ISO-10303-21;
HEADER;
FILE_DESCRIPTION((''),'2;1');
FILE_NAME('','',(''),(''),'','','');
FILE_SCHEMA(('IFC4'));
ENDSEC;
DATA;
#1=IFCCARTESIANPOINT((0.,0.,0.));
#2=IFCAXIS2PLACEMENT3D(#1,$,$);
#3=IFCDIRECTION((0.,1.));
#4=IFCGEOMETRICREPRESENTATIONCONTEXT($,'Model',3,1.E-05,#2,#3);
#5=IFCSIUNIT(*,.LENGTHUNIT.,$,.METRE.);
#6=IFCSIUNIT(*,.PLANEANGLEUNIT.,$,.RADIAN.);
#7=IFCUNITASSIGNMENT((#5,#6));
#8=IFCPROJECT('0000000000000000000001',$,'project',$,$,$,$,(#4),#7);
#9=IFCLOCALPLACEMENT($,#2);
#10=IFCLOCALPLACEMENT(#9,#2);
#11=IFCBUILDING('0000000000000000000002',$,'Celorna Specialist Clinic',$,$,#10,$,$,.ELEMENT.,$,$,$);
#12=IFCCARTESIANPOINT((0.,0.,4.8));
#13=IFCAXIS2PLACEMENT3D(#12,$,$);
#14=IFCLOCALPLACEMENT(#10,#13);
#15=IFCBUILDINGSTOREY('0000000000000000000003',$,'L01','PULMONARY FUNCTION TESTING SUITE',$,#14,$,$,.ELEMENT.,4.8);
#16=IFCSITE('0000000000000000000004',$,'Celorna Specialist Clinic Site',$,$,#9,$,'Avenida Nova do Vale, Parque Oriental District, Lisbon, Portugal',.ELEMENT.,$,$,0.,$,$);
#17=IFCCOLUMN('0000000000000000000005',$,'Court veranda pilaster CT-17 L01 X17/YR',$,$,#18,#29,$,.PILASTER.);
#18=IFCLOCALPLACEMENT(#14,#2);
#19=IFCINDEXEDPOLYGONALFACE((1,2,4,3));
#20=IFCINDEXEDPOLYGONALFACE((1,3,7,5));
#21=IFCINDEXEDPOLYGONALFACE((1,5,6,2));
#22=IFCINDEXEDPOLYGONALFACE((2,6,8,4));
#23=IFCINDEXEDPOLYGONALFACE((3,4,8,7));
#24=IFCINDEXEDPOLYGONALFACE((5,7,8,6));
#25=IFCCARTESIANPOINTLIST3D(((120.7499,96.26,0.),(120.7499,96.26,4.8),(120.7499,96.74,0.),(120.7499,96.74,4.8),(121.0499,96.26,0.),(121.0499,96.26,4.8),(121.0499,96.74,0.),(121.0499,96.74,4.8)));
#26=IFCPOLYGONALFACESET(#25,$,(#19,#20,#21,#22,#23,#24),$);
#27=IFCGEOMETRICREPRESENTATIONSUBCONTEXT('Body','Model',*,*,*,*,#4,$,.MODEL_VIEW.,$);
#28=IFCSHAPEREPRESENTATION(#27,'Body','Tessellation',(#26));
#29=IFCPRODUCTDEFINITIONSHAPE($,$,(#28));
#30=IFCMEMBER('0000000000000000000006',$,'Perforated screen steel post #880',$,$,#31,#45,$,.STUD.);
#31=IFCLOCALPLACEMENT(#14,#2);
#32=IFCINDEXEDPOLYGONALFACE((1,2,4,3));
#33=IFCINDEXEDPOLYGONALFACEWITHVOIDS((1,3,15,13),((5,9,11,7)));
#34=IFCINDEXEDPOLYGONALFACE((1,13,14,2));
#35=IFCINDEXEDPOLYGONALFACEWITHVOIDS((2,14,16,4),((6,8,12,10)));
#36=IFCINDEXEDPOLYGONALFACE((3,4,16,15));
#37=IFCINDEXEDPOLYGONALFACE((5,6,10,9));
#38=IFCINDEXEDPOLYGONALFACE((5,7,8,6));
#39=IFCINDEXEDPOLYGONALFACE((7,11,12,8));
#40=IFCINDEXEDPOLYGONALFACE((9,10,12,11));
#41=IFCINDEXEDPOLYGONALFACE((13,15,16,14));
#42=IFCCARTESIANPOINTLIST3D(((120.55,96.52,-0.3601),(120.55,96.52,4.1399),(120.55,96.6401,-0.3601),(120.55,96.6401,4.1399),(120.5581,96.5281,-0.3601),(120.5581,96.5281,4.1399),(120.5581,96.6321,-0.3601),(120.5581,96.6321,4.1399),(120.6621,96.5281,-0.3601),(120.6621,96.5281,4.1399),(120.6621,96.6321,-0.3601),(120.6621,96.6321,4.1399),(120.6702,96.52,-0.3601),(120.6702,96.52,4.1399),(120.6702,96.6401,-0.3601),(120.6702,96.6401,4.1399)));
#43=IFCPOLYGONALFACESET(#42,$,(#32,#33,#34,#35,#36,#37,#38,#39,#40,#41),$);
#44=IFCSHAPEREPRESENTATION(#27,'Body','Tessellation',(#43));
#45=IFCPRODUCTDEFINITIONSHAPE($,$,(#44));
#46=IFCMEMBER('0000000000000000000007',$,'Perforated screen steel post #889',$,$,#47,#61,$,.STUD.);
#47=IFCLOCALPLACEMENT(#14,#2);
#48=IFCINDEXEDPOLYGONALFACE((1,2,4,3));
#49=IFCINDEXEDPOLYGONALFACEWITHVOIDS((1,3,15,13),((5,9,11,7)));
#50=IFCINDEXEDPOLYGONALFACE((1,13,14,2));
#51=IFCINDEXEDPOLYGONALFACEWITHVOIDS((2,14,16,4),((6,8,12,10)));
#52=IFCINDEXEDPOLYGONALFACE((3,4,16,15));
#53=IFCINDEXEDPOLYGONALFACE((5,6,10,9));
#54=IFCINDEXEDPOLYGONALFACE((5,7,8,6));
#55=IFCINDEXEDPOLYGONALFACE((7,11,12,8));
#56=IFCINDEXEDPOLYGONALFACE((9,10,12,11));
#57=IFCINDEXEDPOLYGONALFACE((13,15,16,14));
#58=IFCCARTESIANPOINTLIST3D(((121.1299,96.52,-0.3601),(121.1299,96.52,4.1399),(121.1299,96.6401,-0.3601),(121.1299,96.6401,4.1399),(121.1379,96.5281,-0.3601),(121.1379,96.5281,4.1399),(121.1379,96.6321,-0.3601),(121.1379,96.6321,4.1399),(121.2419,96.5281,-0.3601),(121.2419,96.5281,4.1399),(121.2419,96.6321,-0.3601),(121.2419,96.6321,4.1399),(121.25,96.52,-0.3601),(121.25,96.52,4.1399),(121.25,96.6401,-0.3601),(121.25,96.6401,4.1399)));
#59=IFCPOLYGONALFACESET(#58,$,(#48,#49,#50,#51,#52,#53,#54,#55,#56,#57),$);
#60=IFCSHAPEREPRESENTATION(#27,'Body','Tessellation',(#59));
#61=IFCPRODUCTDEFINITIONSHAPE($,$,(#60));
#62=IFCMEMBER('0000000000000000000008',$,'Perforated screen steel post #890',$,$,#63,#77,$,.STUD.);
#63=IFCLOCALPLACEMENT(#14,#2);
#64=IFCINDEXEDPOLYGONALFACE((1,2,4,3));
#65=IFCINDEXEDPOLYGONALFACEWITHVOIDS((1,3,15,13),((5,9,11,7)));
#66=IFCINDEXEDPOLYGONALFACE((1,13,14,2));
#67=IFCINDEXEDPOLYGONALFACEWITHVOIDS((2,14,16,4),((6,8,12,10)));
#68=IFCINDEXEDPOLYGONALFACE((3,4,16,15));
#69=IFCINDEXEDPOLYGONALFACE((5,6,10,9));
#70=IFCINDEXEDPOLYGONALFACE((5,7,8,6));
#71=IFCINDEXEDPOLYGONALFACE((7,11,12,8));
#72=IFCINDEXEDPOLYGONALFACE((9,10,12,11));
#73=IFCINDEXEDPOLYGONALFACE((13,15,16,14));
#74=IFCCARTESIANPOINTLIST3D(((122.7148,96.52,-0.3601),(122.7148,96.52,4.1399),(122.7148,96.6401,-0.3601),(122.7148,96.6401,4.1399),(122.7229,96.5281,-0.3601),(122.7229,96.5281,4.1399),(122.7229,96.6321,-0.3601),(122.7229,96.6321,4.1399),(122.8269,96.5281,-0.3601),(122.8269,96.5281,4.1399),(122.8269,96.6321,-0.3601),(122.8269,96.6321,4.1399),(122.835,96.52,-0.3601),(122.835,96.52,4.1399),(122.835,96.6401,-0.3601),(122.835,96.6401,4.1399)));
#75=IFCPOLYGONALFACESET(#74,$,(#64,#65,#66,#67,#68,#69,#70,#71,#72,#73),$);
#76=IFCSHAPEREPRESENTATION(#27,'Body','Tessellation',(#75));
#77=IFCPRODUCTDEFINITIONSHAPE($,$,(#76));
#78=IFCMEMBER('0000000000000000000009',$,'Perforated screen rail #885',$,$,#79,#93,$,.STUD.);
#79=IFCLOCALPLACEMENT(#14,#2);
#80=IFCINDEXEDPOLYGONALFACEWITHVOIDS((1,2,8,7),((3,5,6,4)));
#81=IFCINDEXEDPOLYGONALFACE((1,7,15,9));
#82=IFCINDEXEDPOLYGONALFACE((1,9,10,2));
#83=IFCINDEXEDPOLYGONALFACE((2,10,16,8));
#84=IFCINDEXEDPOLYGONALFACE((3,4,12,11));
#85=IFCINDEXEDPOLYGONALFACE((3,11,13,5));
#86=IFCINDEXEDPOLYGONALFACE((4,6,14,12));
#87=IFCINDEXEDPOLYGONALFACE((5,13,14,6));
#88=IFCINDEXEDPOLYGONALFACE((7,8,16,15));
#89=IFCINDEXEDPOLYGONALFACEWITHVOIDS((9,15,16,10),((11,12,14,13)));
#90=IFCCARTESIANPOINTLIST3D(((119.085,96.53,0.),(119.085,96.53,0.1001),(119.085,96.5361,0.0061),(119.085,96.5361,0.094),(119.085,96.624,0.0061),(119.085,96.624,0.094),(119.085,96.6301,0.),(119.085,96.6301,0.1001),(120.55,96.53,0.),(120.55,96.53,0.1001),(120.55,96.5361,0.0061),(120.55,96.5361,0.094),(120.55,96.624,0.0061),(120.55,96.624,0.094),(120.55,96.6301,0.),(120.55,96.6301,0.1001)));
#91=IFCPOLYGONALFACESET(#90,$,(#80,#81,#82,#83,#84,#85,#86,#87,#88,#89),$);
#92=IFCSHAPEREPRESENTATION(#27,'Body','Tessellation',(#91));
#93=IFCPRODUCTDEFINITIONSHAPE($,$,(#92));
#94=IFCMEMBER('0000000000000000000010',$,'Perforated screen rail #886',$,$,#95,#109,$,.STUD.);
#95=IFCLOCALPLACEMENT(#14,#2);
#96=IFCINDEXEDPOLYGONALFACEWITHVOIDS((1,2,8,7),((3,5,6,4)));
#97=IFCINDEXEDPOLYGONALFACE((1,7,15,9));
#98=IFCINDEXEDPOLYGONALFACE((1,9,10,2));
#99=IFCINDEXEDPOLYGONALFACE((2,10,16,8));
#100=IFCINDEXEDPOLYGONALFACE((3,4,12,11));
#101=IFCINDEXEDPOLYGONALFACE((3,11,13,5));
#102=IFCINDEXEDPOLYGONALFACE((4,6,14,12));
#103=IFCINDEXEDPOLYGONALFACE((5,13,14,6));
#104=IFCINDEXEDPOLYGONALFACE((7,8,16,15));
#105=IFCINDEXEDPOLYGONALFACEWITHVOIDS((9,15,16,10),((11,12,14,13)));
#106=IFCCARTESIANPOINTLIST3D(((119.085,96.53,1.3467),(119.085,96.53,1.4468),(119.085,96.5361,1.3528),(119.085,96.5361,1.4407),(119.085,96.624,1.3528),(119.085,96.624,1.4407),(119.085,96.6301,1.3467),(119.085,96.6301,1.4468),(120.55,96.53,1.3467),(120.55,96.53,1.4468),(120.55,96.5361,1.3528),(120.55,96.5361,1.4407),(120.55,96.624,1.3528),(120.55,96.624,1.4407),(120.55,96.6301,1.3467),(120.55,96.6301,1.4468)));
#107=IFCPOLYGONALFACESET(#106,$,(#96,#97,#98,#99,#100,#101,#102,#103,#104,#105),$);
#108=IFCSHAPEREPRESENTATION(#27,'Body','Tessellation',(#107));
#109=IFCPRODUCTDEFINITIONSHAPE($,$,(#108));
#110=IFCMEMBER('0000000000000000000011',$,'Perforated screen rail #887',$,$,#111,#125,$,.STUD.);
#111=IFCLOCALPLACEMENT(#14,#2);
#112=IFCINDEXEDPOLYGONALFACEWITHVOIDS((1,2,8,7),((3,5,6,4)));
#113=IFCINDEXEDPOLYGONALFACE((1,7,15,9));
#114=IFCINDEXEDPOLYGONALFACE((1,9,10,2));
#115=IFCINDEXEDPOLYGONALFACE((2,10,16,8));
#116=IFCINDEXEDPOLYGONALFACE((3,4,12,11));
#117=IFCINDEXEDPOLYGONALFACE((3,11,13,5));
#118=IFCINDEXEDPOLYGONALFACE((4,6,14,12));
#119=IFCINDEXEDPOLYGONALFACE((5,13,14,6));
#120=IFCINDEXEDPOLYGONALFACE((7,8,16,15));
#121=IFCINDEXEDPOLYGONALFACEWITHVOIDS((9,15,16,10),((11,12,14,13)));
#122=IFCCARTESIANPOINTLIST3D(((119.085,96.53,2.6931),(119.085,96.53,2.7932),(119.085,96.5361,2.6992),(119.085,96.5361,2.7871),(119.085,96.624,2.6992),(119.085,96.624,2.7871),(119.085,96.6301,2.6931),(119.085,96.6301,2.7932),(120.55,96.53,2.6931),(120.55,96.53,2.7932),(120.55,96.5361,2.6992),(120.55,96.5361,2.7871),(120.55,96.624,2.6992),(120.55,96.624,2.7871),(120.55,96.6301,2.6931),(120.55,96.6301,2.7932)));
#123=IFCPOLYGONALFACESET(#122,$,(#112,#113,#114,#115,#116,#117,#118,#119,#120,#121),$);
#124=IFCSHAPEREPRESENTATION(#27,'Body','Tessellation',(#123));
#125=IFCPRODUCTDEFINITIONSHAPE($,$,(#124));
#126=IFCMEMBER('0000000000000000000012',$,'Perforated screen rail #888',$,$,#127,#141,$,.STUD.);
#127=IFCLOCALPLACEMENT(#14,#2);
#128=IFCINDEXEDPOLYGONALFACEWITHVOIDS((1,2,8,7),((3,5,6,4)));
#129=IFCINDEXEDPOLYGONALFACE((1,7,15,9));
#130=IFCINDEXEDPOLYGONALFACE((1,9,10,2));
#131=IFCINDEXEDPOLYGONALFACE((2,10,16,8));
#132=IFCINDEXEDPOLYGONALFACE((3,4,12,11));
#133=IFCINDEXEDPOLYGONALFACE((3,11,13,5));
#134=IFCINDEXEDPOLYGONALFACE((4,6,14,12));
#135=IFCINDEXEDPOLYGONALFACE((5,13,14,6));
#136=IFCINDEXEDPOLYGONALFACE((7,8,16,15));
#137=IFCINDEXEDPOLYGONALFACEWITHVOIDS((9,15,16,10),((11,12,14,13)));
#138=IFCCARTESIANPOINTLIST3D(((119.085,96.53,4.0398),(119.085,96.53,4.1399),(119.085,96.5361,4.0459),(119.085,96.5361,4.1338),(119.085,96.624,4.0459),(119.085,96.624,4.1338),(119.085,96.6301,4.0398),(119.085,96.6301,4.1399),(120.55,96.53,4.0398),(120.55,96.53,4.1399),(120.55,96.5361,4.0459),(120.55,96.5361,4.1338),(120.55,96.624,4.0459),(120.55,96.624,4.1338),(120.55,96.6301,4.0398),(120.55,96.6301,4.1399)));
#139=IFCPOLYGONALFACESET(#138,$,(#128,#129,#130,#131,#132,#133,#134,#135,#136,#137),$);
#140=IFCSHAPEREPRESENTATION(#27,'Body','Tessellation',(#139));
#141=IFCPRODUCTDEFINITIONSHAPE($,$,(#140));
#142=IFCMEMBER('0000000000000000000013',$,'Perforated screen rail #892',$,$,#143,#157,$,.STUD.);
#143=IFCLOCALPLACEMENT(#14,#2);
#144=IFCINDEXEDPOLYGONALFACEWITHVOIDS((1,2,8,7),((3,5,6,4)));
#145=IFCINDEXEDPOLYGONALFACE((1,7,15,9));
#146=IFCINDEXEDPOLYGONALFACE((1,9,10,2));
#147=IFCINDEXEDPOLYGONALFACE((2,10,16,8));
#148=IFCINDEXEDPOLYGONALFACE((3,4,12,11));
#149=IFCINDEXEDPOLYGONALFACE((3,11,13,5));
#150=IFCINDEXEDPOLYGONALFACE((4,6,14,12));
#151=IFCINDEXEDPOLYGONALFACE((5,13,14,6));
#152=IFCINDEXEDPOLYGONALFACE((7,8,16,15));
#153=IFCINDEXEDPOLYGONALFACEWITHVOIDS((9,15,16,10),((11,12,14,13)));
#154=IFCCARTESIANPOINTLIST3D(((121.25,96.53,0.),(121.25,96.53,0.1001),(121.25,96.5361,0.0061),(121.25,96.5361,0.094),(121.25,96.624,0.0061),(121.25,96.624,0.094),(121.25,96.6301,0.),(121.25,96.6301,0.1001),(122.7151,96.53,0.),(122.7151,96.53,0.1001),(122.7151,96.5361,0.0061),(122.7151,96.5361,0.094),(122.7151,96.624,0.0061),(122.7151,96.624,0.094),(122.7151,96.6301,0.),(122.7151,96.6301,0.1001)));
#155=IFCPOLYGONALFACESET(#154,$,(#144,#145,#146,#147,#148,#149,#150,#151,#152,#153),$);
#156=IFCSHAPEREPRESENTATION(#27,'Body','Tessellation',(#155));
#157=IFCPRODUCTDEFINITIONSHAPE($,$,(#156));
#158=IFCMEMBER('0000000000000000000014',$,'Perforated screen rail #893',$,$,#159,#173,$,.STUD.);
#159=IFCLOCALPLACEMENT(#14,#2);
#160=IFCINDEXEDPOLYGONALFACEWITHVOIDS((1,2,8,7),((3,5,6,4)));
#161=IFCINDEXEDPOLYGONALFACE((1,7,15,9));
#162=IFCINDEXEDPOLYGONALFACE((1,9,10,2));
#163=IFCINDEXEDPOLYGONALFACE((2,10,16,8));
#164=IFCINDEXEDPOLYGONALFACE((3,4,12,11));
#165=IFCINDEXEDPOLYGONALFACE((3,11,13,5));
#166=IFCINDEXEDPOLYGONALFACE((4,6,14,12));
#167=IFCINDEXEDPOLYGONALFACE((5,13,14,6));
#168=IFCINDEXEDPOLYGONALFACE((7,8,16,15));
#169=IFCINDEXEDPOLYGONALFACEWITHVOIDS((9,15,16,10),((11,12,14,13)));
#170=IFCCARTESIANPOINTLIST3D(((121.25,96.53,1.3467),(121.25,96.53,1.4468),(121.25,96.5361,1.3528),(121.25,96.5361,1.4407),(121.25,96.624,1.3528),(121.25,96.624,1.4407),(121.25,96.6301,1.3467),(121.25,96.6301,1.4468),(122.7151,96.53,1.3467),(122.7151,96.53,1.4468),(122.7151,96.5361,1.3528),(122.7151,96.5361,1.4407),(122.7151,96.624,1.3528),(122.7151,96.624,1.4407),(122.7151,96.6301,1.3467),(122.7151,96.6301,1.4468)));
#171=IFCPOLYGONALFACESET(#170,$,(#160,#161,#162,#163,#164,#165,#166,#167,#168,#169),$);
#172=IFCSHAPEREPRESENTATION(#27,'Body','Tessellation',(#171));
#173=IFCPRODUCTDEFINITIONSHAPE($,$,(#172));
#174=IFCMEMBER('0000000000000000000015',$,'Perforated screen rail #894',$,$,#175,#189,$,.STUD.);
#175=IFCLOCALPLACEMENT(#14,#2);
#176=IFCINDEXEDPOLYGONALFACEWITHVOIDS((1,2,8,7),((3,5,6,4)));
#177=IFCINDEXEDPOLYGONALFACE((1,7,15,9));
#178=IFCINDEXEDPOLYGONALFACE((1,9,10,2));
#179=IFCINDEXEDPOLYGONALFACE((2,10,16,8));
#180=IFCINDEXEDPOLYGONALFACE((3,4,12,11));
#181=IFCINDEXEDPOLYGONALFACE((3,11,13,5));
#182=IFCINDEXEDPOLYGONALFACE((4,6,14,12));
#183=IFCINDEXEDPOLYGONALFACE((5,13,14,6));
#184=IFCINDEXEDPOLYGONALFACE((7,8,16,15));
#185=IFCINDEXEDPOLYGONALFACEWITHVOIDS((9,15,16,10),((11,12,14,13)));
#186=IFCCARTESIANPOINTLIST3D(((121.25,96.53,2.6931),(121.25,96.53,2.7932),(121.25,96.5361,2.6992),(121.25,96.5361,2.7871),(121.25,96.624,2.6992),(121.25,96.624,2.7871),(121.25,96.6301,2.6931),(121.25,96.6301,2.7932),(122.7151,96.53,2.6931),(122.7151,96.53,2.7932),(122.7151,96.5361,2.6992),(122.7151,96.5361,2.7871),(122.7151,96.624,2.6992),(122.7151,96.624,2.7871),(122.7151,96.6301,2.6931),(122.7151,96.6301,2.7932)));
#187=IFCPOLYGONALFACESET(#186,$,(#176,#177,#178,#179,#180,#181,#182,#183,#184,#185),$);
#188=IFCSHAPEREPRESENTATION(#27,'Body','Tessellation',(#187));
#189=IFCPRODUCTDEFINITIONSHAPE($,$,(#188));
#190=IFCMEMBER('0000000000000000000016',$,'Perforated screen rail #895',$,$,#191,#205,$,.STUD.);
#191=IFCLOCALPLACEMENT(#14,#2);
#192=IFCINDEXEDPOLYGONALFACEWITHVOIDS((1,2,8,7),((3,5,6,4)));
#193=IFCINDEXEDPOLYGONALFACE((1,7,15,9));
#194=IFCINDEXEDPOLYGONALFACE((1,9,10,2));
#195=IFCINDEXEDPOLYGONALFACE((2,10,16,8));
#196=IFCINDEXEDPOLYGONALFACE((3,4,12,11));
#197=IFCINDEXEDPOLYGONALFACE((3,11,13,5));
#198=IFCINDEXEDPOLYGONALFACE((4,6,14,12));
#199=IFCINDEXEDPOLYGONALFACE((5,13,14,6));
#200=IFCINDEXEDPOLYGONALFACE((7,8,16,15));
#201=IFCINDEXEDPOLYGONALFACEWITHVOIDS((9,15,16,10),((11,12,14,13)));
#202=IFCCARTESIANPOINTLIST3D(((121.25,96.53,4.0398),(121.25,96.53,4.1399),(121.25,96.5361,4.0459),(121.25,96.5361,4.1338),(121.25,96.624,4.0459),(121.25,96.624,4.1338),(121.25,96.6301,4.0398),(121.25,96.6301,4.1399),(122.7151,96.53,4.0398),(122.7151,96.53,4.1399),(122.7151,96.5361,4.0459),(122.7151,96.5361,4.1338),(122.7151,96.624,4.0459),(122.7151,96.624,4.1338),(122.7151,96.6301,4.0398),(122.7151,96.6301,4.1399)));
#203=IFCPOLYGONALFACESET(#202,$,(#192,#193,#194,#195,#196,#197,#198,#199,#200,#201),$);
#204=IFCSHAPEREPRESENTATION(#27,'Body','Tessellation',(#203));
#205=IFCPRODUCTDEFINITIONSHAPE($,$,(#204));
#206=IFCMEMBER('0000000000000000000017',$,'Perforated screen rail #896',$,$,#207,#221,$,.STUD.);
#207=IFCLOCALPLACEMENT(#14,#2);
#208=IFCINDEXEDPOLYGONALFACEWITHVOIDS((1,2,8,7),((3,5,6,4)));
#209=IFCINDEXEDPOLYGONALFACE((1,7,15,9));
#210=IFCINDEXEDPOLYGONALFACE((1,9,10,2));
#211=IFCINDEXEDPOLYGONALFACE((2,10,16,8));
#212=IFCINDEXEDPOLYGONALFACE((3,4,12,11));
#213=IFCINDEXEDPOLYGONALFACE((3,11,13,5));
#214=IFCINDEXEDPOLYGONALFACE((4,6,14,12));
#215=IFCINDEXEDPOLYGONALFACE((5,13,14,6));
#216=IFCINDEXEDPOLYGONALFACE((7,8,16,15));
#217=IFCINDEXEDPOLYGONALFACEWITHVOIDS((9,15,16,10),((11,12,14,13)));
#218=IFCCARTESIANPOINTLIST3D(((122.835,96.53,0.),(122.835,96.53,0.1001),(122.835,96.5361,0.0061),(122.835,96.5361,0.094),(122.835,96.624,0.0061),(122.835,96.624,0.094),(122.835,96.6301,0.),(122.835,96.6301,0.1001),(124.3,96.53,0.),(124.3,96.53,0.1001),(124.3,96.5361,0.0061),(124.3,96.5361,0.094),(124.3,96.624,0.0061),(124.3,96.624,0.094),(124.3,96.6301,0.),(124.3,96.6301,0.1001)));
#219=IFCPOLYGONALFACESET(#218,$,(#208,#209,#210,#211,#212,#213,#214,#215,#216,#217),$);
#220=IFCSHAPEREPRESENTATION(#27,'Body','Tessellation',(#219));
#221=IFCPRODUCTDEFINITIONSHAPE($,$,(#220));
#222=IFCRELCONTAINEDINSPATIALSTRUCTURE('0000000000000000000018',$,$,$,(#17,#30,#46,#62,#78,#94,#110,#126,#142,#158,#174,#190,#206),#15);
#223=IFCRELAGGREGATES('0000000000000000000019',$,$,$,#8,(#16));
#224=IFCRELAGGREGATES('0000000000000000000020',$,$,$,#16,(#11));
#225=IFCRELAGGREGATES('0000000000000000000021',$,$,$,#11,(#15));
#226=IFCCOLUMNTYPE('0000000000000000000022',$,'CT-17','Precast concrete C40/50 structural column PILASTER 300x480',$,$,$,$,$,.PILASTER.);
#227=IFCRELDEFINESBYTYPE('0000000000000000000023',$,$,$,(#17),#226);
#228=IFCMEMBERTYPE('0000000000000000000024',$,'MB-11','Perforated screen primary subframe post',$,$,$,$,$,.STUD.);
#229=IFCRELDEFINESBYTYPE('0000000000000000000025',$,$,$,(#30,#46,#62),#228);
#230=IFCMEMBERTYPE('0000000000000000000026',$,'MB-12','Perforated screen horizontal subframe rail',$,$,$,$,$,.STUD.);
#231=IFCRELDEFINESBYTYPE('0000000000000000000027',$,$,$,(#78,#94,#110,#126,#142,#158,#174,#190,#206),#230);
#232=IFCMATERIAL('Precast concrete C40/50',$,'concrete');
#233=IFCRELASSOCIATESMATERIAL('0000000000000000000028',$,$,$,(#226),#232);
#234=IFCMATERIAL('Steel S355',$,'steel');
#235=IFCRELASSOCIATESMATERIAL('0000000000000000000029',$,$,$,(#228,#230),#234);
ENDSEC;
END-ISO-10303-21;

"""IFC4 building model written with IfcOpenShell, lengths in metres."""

from ifc_helpers import new_model, si_unit, direction, frame, origin, origin_2d, place, context, subcontext, project, spatial, rectangle, hollow_rectangle, extrude, material, material_profile, profile_set, type_object, element, save


model = new_model("IFC4")

# Units and contexts
model_context = context("Model", 3, precision=1e-05, world=origin(), true_north=direction((0.0, 1.0)))
body_context = subcontext(model_context, "Body", "Model", "MODEL_VIEW")
ifc_project = project(units=[si_unit("LENGTHUNIT", "METRE"), si_unit("PLANEANGLEUNIT", "RADIAN")], contexts=[model_context])

# Site, building, storey
site_placement = place(None, origin())
site = spatial("IfcSite", under=ifc_project, at=site_placement, Name="Celorna Specialist Clinic Site", LongName="Avenida Nova do Vale, Parque Oriental District, Lisbon, Portugal", CompositionType="ELEMENT", RefElevation=0.0)
building_placement = place(site_placement, origin())
building = spatial("IfcBuilding", under=site, at=building_placement, Name="Celorna Specialist Clinic", CompositionType="ELEMENT")
storey_placement = place(building_placement, frame((0.0, 0.0, 4.8)))
storey = spatial("IfcBuildingStorey", under=building, at=storey_placement, Name="L01", Description="PULMONARY FUNCTION TESTING SUITE", CompositionType="ELEMENT", Elevation=4.8)

# Column
ifc_material_1 = material(Name="Precast concrete C40/50", Category="concrete")
ifc_material_profile_1 = material_profile(ifc_material_1, rectangle(XDim=0.3, YDim=0.48, at=origin_2d()), Name="PILASTER 300x480")
ifc_profile_set_1 = profile_set([ifc_material_profile_1], Name="Precast concrete C40/50")
column_type = type_object("IfcColumnType", Name="CT-17", Description="Precast concrete C40/50 structural column PILASTER 300x480", PredefinedType="PILASTER", material=ifc_profile_set_1)
column_placement = place(storey_placement, frame((120.8999, 96.5, 0.0), z_axis=(0.0, 0.0, 1.0), x_axis=(1.0, 0.0, 0.0)))
element("IfcColumn", 1, at=column_placement, inside=storey, type_object=column_type, Name="Court veranda pilaster CT-17 L01 X17/YR", PredefinedType="PILASTER", context=body_context, shape_type="SweptSolid", body=[
    extrude(rectangle(XDim=0.3, YDim=0.48, at=origin_2d()), origin(), (0.0, 0.0, 1.0), 4.8),
])

# Members
ifc_material_2 = material(Name="Steel S355", Category="steel")
ifc_material_profile_2 = material_profile(ifc_material_2, hollow_rectangle(XDim=0.1201, YDim=0.1201, WallThickness=0.0081, at=origin_2d()), Name="SHS 120x120x8")
ifc_profile_set_2 = profile_set([ifc_material_profile_2], Name="Steel S355")
member_type_1 = type_object("IfcMemberType", Name="MB-11", Description="Perforated screen primary subframe post", PredefinedType="STUD", material=ifc_profile_set_2)
for number, where, z_axis, x_axis, name in (
    (2, (120.6101, 96.5801, -0.3601), (0.0, 0.0, 1.0), (1.0, 0.0, 0.0), "Perforated screen steel post #880"),
    (3, (121.1899, 96.5801, -0.3601), (0.0, 0.0, 1.0), (1.0, 0.0, 0.0), "Perforated screen steel post #889"),
    (4, (122.7749, 96.5801, -0.3601), (0.0, 0.0, 1.0), (1.0, 0.0, 0.0), "Perforated screen steel post #890"),
):
    element("IfcMember", number, at=place(storey_placement, frame(where, z_axis=z_axis, x_axis=x_axis)), inside=storey, type_object=member_type_1, Name=name, PredefinedType="STUD", context=body_context, shape_type="SweptSolid", body=[
        extrude(hollow_rectangle(XDim=0.1201, YDim=0.1201, WallThickness=0.0081, at=origin_2d()), origin(), (0.0, 0.0, 1.0), 4.5),
    ])
ifc_material_profile_3 = material_profile(ifc_material_2, hollow_rectangle(XDim=0.1001, YDim=0.1001, WallThickness=0.0061, at=origin_2d()), Name="SHS 100x100x6")
ifc_profile_set_3 = profile_set([ifc_material_profile_3], Name="Steel S355")
member_type_2 = type_object("IfcMemberType", Name="MB-12", Description="Perforated screen horizontal subframe rail", PredefinedType="STUD", material=ifc_profile_set_3)
for number, where, z_axis, x_axis, name in (
    (5, (119.085, 96.5801, 0.05), (1.0, 0.0, 0.0), (0.0, 1.0, 0.0), "Perforated screen rail #885"),
    (6, (119.085, 96.5801, 1.3967), (1.0, 0.0, 0.0), (0.0, 1.0, 0.0), "Perforated screen rail #886"),
    (7, (119.085, 96.5801, 2.7432), (1.0, 0.0, 0.0), (0.0, 1.0, 0.0), "Perforated screen rail #887"),
    (8, (119.085, 96.5801, 4.0898), (1.0, 0.0, 0.0), (0.0, 1.0, 0.0), "Perforated screen rail #888"),
    (9, (121.25, 96.5801, 0.05), (1.0, 0.0, 0.0), (0.0, 1.0, 0.0), "Perforated screen rail #892"),
    (10, (121.25, 96.5801, 1.3967), (1.0, 0.0, 0.0), (0.0, 1.0, 0.0), "Perforated screen rail #893"),
    (11, (121.25, 96.5801, 2.7432), (1.0, 0.0, 0.0), (0.0, 1.0, 0.0), "Perforated screen rail #894"),
    (12, (121.25, 96.5801, 4.0898), (1.0, 0.0, 0.0), (0.0, 1.0, 0.0), "Perforated screen rail #895"),
    (13, (122.835, 96.5801, 0.05), (1.0, 0.0, 0.0), (0.0, 1.0, 0.0), "Perforated screen rail #896"),
):
    element("IfcMember", number, at=place(storey_placement, frame(where, z_axis=z_axis, x_axis=x_axis)), inside=storey, type_object=member_type_2, Name=name, PredefinedType="STUD", context=body_context, shape_type="SweptSolid", body=[
        extrude(hollow_rectangle(XDim=0.1001, YDim=0.1001, WallThickness=0.0061, at=origin_2d()), origin(), (0.0, 0.0, 1.0), 1.4651),
    ])

save(model, "model.ifc")
